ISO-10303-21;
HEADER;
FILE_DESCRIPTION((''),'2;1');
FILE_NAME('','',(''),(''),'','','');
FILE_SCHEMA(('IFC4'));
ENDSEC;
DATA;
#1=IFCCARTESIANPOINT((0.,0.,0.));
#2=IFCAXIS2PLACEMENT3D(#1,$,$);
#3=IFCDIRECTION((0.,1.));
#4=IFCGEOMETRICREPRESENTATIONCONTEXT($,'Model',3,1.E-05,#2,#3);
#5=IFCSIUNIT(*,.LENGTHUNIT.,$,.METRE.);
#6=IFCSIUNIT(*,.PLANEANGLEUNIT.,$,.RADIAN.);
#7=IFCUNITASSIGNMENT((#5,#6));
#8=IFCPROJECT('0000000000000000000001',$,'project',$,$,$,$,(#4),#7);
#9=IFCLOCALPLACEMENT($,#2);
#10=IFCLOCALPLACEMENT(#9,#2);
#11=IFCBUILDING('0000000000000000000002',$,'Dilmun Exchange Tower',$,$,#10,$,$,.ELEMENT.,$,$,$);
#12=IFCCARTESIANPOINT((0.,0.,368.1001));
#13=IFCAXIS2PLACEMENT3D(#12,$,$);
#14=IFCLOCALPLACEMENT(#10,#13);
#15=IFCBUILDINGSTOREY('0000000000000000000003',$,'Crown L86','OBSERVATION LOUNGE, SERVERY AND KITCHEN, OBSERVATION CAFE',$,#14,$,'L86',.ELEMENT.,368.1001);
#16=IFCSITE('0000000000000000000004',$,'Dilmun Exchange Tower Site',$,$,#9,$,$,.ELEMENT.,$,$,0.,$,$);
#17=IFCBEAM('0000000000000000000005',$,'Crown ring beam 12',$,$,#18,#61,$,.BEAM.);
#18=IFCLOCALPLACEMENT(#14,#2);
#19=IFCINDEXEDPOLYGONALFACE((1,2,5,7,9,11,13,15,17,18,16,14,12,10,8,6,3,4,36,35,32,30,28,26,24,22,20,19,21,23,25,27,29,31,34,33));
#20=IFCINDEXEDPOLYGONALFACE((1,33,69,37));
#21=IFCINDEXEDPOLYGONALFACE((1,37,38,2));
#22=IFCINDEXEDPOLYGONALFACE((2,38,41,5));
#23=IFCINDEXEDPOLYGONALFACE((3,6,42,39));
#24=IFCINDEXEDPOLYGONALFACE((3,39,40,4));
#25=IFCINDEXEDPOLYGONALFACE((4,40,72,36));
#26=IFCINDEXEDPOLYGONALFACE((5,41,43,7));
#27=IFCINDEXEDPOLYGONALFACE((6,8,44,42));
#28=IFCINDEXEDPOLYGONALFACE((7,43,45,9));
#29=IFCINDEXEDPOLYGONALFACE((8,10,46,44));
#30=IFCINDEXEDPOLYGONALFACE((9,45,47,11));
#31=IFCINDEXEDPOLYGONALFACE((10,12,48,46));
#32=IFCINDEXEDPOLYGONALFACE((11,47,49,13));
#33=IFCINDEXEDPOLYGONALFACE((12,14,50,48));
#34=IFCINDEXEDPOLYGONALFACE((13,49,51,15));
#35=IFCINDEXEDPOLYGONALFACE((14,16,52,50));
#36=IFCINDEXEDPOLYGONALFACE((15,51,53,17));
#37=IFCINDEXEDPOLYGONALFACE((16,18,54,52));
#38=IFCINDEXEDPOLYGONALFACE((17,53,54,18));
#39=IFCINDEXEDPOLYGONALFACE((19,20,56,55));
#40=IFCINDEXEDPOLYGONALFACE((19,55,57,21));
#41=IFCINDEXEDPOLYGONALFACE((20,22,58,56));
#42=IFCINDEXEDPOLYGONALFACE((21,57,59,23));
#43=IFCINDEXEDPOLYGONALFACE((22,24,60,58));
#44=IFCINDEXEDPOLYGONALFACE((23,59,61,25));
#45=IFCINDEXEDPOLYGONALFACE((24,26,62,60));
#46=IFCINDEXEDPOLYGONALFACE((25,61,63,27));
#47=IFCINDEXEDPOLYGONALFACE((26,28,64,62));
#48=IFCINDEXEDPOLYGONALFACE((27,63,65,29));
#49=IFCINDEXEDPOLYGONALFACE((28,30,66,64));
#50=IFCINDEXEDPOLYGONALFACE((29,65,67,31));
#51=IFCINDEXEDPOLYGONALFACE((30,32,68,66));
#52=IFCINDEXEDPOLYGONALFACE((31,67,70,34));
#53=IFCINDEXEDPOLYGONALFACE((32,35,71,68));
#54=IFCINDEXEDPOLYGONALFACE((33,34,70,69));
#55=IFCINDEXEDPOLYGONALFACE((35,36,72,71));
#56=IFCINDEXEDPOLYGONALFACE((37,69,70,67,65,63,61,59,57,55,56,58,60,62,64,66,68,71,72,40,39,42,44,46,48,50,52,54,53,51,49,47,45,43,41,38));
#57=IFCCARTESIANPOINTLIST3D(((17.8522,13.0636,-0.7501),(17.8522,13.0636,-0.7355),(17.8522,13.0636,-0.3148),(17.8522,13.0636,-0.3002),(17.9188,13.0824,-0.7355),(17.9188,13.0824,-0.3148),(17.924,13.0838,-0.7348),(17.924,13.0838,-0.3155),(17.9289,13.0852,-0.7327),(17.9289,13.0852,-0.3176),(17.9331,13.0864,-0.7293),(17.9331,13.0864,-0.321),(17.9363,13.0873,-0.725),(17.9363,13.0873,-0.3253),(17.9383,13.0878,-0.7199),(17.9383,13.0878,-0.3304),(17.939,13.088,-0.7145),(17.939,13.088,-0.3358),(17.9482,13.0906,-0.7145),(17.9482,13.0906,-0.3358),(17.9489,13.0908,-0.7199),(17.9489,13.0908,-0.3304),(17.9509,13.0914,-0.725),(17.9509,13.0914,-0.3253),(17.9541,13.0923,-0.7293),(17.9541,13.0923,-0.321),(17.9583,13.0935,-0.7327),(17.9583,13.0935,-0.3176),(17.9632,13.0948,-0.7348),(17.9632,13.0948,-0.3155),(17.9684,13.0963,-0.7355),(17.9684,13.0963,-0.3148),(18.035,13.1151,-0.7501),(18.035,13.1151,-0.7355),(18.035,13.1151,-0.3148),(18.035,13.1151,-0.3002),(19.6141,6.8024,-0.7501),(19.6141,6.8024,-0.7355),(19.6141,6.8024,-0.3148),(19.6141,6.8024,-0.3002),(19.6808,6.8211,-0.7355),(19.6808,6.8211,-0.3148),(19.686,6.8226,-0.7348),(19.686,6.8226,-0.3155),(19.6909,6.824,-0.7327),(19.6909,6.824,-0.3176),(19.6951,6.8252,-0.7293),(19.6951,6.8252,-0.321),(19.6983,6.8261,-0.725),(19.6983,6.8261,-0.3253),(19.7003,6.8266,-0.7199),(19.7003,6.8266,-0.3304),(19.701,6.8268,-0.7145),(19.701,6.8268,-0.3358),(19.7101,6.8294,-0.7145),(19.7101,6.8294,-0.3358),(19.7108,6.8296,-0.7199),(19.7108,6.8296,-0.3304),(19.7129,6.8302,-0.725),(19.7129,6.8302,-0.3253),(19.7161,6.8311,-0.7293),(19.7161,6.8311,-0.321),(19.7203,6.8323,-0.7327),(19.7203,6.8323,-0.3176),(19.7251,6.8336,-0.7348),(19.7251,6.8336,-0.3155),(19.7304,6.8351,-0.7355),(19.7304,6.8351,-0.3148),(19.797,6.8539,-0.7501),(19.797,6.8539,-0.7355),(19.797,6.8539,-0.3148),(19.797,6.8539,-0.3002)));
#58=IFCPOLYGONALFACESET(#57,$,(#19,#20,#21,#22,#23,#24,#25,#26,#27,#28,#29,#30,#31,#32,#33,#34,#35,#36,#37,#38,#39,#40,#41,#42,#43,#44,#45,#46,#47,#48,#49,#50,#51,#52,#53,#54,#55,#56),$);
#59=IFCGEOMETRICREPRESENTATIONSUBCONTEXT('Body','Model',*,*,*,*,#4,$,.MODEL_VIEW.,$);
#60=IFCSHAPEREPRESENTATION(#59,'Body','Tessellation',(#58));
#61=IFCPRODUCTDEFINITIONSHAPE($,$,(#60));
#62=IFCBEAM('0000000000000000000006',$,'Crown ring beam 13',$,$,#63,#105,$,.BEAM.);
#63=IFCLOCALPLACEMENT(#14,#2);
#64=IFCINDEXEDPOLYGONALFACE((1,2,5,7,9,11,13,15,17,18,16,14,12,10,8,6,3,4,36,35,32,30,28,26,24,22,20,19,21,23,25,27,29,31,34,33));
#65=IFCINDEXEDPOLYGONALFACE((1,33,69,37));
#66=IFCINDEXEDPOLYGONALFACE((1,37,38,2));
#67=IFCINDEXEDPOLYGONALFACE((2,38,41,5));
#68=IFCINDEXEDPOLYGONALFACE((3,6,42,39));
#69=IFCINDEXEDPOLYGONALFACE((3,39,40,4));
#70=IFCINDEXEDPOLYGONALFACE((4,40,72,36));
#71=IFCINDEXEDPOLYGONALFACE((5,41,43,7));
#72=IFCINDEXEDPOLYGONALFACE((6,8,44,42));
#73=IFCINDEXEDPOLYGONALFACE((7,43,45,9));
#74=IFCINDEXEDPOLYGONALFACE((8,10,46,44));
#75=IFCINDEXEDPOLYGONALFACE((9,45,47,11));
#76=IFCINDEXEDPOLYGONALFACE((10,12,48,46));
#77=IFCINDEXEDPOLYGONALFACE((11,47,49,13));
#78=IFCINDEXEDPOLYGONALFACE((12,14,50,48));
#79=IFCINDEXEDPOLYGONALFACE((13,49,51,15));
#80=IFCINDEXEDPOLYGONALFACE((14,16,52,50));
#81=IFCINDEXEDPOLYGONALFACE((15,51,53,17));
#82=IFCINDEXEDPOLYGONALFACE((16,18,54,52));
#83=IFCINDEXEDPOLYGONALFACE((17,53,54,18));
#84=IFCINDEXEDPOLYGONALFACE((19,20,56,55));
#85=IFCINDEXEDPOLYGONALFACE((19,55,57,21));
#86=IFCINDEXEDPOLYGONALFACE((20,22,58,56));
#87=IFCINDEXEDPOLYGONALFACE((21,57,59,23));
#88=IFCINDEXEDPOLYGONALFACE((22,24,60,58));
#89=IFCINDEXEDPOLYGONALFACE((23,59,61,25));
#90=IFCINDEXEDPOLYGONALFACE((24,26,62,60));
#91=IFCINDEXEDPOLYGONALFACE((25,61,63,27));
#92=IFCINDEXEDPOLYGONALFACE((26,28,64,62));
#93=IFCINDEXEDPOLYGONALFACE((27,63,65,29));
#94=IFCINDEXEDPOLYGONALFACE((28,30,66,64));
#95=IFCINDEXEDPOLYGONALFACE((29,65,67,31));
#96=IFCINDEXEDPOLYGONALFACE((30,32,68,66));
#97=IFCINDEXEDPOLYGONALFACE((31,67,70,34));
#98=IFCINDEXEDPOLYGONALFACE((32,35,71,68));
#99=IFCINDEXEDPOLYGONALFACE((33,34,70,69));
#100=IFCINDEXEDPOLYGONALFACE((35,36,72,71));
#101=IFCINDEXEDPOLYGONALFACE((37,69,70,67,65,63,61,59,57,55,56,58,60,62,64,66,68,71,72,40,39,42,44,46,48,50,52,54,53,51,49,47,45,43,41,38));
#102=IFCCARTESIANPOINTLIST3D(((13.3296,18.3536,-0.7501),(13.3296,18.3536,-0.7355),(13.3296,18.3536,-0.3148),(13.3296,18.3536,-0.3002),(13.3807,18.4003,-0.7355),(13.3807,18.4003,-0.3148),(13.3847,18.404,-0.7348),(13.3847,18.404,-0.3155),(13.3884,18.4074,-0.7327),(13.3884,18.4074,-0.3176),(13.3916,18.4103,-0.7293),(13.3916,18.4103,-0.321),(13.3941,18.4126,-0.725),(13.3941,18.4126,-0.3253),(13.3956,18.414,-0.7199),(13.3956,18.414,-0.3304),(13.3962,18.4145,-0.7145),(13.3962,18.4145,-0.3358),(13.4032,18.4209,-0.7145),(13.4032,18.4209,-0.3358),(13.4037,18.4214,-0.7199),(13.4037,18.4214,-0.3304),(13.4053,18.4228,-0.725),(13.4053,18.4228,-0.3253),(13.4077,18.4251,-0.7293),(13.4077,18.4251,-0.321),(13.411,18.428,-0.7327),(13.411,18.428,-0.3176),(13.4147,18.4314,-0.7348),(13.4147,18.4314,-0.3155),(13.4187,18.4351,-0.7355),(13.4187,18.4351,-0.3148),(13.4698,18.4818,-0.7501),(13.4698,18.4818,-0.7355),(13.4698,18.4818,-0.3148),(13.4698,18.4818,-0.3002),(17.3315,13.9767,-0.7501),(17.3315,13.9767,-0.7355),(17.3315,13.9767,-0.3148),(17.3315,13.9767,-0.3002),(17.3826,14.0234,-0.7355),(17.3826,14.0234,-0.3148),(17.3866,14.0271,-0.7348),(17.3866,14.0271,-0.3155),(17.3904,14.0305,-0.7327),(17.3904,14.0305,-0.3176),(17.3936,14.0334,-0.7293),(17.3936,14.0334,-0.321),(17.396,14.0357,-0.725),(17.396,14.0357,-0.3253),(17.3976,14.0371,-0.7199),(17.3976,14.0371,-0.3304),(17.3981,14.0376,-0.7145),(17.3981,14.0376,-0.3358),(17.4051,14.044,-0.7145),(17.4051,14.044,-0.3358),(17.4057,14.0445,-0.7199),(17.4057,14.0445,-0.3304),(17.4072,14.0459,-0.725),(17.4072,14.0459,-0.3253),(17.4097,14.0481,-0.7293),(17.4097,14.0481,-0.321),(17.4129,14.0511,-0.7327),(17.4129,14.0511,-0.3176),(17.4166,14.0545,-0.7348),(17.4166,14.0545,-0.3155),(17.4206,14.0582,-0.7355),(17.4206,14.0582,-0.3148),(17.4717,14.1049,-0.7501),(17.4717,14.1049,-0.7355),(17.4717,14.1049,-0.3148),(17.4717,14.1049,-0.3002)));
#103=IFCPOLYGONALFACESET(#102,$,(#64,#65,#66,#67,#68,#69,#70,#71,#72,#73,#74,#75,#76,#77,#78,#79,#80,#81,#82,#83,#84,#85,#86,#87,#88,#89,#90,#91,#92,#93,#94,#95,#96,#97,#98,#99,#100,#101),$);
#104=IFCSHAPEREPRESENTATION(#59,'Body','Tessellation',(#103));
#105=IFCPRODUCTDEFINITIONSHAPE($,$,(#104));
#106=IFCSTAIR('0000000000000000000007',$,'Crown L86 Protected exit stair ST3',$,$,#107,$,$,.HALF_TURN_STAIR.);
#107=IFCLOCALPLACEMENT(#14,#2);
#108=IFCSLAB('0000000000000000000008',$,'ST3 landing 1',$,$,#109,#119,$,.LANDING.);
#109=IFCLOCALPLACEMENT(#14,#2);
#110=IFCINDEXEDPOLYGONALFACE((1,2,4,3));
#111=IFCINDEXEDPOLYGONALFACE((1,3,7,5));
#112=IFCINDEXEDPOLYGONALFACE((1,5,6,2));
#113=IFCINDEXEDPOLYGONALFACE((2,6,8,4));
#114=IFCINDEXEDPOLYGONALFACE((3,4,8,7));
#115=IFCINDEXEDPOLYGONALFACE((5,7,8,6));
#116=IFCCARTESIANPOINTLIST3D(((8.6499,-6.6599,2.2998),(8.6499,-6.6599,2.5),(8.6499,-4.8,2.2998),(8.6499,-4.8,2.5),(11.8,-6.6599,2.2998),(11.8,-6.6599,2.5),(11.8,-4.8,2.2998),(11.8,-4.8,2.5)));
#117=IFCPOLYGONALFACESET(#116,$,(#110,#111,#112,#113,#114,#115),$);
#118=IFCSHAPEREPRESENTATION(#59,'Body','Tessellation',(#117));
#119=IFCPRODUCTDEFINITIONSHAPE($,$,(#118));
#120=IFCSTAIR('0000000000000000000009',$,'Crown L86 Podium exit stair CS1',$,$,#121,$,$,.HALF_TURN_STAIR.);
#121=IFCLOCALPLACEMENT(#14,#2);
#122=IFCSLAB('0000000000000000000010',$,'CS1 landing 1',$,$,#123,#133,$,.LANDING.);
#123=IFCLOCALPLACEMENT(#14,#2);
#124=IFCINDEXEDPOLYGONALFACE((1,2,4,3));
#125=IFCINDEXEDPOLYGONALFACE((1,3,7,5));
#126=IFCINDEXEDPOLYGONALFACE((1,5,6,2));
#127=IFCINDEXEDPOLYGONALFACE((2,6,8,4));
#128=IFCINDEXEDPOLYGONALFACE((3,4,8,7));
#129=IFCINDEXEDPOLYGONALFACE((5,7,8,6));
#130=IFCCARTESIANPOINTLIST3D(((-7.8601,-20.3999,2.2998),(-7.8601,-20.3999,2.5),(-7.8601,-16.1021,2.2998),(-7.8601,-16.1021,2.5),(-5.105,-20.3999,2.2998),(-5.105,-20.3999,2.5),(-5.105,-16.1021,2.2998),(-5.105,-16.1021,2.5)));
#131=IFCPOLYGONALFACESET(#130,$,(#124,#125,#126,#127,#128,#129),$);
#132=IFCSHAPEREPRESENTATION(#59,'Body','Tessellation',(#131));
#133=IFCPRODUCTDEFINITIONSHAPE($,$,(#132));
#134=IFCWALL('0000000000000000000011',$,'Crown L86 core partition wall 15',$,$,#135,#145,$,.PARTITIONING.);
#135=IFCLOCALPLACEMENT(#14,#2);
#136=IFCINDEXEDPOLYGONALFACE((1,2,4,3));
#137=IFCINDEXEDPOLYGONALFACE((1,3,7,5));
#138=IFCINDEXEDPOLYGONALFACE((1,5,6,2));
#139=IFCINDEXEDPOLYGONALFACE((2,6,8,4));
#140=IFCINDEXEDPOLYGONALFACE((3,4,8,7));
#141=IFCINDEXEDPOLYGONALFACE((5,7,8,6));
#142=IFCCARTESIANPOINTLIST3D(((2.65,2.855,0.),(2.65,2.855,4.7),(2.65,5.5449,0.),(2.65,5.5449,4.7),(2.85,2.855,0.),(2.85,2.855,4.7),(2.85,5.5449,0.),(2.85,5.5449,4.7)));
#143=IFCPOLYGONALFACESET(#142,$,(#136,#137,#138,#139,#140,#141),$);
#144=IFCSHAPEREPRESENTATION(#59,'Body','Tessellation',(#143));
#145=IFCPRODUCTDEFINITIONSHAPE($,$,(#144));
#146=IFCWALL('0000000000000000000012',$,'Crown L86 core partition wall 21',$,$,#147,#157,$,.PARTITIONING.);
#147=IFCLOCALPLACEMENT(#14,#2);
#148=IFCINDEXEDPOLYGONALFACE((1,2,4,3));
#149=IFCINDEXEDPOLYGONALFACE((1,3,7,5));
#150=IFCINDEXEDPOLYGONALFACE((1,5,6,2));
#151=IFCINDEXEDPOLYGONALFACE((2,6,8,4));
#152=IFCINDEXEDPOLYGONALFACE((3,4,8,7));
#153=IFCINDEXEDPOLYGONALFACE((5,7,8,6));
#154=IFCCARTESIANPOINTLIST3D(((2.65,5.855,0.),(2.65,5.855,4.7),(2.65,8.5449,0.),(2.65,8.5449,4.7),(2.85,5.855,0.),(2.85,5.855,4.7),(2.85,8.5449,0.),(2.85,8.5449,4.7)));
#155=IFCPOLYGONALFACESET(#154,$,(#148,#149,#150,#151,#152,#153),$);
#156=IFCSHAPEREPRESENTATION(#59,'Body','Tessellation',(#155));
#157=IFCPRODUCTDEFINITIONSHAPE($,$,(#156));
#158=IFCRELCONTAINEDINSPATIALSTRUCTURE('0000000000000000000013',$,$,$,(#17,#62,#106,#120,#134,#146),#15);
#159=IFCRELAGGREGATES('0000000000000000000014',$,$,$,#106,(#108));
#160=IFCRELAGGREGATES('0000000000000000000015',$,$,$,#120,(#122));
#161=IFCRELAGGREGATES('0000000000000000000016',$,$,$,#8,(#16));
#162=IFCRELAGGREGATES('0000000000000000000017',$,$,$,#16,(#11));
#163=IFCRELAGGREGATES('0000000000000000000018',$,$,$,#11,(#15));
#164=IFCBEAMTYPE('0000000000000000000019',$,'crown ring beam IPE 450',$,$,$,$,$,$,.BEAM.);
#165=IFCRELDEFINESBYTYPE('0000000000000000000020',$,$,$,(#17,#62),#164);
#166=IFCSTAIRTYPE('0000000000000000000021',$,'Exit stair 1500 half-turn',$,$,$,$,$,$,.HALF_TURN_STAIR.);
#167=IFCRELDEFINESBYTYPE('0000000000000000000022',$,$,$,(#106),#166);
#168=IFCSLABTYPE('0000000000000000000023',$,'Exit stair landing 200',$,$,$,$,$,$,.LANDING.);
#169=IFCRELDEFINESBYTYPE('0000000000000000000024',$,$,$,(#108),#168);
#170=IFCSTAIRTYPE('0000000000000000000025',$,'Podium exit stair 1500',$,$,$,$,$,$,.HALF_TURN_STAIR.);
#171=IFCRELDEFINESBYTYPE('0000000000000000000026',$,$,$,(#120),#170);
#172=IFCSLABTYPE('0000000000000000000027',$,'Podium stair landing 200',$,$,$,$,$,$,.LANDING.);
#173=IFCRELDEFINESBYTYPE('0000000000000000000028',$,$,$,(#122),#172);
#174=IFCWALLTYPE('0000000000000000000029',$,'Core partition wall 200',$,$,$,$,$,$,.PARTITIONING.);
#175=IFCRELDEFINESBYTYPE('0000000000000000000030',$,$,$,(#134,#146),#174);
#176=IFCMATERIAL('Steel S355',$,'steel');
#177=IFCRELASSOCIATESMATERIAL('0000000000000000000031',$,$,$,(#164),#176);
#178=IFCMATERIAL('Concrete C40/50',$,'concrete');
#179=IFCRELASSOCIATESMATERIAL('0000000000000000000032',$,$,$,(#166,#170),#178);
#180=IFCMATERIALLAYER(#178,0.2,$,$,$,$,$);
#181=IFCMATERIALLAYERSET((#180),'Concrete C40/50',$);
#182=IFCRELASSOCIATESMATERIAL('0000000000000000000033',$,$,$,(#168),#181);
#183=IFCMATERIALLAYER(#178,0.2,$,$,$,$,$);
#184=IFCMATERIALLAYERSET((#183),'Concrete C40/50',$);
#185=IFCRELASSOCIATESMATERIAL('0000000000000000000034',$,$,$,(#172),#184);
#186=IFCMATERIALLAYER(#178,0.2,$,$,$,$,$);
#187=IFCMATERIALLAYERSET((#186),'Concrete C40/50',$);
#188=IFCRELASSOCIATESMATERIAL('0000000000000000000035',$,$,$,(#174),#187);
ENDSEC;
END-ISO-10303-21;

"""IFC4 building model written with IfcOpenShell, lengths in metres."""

from ifc_helpers import new_model, si_unit, direction, frame, frame_2d, origin, origin_2d, place, context, subcontext, project, spatial, polyline, rectangle, i_section, outline, extrude, material, layer, layer_set, material_profile, profile_set, type_object, element, aggregate, save


model = new_model("IFC4")

# Units and contexts
model_context = context("Model", 3, precision=1e-05, world=origin(), true_north=direction((0.0, 1.0)))
body_context = subcontext(model_context, "Body", "Model", "MODEL_VIEW")
ifc_project = project(units=[si_unit("LENGTHUNIT", "METRE"), si_unit("PLANEANGLEUNIT", "RADIAN")], contexts=[model_context])

# Site, building, storey
site_placement = place(None, origin())
site = spatial("IfcSite", under=ifc_project, at=site_placement, Name="Dilmun Exchange Tower Site", CompositionType="ELEMENT", RefElevation=0.0)
building_placement = place(site_placement, origin())
building = spatial("IfcBuilding", under=site, at=building_placement, Name="Dilmun Exchange Tower", CompositionType="ELEMENT")
storey_placement = place(building_placement, frame((0.0, 0.0, 368.1001)))
storey = spatial("IfcBuildingStorey", under=building, at=storey_placement, Name="Crown L86", Description="OBSERVATION LOUNGE, SERVERY AND KITCHEN, OBSERVATION CAFE", LongName="L86", CompositionType="ELEMENT", Elevation=368.1001)

# Beams
ifc_material_1 = material(Name="Steel S355", Category="steel")
ifc_material_profile_1 = material_profile(ifc_material_1, i_section(OverallWidth=0.1899, OverallDepth=0.45, WebThickness=0.0095, FlangeThickness=0.0146, FilletRadius=0.021, at=origin_2d()), Name="IPE 450")
ifc_profile_set_1 = profile_set([ifc_material_profile_1], Name="Steel S355")
beam_type_1 = type_object("IfcBeamType", Name="crown ring beam IPE 450", PredefinedType="BEAM", material=ifc_profile_set_1)
beam_1_placement = place(storey_placement, frame((19.7056, 6.8281, -0.5251), z_axis=(-0.270887, 0.962611, 0.0), x_axis=(-0.962611, -0.270887, 0.0)))
element("IfcBeam", 1, at=beam_1_placement, inside=storey, type_object=beam_type_1, Name="Crown ring beam 12", PredefinedType="BEAM", context=body_context, shape_type="SweptSolid", body=[
    extrude(i_section(OverallWidth=0.1899, OverallDepth=0.45, WebThickness=0.0095, FlangeThickness=0.0146, FilletRadius=0.021, at=origin_2d()), origin(), (0.0, 0.0, 1.0), 6.5044),
])
beam_2_placement = place(storey_placement, frame((17.4016, 14.0408, -0.5251), z_axis=(-0.674785, 0.738015, 0.0), x_axis=(-0.738015, -0.674785, 0.0)))
element("IfcBeam", 2, at=beam_2_placement, inside=storey, type_object=beam_type_1, Name="Crown ring beam 13", PredefinedType="BEAM", context=body_context, shape_type="SweptSolid", body=[
    extrude(i_section(OverallWidth=0.1899, OverallDepth=0.45, WebThickness=0.0095, FlangeThickness=0.0146, FilletRadius=0.021, at=origin_2d()), origin(), (0.0, 0.0, 1.0), 5.9307),
])

# Stairs, slabs
ifc_material_2 = material(Name="Concrete C40/50", Category="concrete")
stair_type_1 = type_object("IfcStairType", Name="Exit stair 1500 half-turn", PredefinedType="HALF_TURN_STAIR", material=ifc_material_2)
stair_1_placement = place(storey_placement, origin())
stair_1 = element("IfcStair", 3, at=stair_1_placement, inside=storey, type_object=stair_type_1, Name="Crown L86 Protected exit stair ST3", PredefinedType="HALF_TURN_STAIR")
ifc_layer_1 = layer(ifc_material_2, 0.2)
ifc_layer_set_1 = layer_set([ifc_layer_1], Name="Concrete C40/50")
slab_type_1 = type_object("IfcSlabType", Name="Exit stair landing 200", PredefinedType="LANDING", material=ifc_layer_set_1)
slab_1_placement = place(storey_placement, frame((0.0, 0.0, 2.2998)))
slab_1 = element("IfcSlab", 4, at=slab_1_placement, type_object=slab_type_1, Name="ST3 landing 1", PredefinedType="LANDING", context=body_context, shape_type="SweptSolid", body=[
    extrude(outline(polyline([(11.8, -6.6599), (11.8, -4.8), (8.6499, -4.8), (8.6499, -6.6599), (11.8, -6.6599)])), origin(), (0.0, 0.0, 1.0), 0.2002),
])
aggregate(stair_1, [slab_1])
stair_type_2 = type_object("IfcStairType", Name="Podium exit stair 1500", PredefinedType="HALF_TURN_STAIR", material=ifc_material_2)
stair_2_placement = place(storey_placement, origin())
stair_2 = element("IfcStair", 5, at=stair_2_placement, inside=storey, type_object=stair_type_2, Name="Crown L86 Podium exit stair CS1", PredefinedType="HALF_TURN_STAIR")
ifc_layer_2 = layer(ifc_material_2, 0.2)
ifc_layer_set_2 = layer_set([ifc_layer_2], Name="Concrete C40/50")
slab_type_2 = type_object("IfcSlabType", Name="Podium stair landing 200", PredefinedType="LANDING", material=ifc_layer_set_2)
slab_2_placement = place(storey_placement, frame((0.0, 0.0, 2.2998)))
slab_2 = element("IfcSlab", 6, at=slab_2_placement, type_object=slab_type_2, Name="CS1 landing 1", PredefinedType="LANDING", context=body_context, shape_type="SweptSolid", body=[
    extrude(outline(polyline([(-7.8601, -20.3999), (-5.105, -20.3999), (-5.105, -16.1021), (-7.8601, -16.1021), (-7.8601, -20.3999)])), origin(), (0.0, 0.0, 1.0), 0.2002),
])
aggregate(stair_2, [slab_2])

# Shared definitions
ifc_layer_3 = layer(ifc_material_2, 0.2)
ifc_layer_set_3 = layer_set([ifc_layer_3], Name="Concrete C40/50")
wall_type_1 = type_object("IfcWallType", Name="Core partition wall 200", PredefinedType="PARTITIONING", material=ifc_layer_set_3)

# Walls
for number, where, z_axis, x_axis, name in (
    (7, (2.75, 2.855, 0.0), (0.0, 0.0, 1.0), (0.0, 1.0, 0.0), "Crown L86 core partition wall 15"),
    (8, (2.75, 5.855, 0.0), (0.0, 0.0, 1.0), (0.0, 1.0, 0.0), "Crown L86 core partition wall 21"),
):
    element("IfcWall", number, at=place(storey_placement, frame(where, z_axis=z_axis, x_axis=x_axis)), inside=storey, type_object=wall_type_1, Name=name, PredefinedType="PARTITIONING", context=body_context, shape_type="SweptSolid", body=[
        extrude(rectangle(XDim=2.6899, YDim=0.2, at=frame_2d((1.345, 0.0))), origin(), (0.0, 0.0, 1.0), 4.7),
    ])

save(model, "model.ifc")
